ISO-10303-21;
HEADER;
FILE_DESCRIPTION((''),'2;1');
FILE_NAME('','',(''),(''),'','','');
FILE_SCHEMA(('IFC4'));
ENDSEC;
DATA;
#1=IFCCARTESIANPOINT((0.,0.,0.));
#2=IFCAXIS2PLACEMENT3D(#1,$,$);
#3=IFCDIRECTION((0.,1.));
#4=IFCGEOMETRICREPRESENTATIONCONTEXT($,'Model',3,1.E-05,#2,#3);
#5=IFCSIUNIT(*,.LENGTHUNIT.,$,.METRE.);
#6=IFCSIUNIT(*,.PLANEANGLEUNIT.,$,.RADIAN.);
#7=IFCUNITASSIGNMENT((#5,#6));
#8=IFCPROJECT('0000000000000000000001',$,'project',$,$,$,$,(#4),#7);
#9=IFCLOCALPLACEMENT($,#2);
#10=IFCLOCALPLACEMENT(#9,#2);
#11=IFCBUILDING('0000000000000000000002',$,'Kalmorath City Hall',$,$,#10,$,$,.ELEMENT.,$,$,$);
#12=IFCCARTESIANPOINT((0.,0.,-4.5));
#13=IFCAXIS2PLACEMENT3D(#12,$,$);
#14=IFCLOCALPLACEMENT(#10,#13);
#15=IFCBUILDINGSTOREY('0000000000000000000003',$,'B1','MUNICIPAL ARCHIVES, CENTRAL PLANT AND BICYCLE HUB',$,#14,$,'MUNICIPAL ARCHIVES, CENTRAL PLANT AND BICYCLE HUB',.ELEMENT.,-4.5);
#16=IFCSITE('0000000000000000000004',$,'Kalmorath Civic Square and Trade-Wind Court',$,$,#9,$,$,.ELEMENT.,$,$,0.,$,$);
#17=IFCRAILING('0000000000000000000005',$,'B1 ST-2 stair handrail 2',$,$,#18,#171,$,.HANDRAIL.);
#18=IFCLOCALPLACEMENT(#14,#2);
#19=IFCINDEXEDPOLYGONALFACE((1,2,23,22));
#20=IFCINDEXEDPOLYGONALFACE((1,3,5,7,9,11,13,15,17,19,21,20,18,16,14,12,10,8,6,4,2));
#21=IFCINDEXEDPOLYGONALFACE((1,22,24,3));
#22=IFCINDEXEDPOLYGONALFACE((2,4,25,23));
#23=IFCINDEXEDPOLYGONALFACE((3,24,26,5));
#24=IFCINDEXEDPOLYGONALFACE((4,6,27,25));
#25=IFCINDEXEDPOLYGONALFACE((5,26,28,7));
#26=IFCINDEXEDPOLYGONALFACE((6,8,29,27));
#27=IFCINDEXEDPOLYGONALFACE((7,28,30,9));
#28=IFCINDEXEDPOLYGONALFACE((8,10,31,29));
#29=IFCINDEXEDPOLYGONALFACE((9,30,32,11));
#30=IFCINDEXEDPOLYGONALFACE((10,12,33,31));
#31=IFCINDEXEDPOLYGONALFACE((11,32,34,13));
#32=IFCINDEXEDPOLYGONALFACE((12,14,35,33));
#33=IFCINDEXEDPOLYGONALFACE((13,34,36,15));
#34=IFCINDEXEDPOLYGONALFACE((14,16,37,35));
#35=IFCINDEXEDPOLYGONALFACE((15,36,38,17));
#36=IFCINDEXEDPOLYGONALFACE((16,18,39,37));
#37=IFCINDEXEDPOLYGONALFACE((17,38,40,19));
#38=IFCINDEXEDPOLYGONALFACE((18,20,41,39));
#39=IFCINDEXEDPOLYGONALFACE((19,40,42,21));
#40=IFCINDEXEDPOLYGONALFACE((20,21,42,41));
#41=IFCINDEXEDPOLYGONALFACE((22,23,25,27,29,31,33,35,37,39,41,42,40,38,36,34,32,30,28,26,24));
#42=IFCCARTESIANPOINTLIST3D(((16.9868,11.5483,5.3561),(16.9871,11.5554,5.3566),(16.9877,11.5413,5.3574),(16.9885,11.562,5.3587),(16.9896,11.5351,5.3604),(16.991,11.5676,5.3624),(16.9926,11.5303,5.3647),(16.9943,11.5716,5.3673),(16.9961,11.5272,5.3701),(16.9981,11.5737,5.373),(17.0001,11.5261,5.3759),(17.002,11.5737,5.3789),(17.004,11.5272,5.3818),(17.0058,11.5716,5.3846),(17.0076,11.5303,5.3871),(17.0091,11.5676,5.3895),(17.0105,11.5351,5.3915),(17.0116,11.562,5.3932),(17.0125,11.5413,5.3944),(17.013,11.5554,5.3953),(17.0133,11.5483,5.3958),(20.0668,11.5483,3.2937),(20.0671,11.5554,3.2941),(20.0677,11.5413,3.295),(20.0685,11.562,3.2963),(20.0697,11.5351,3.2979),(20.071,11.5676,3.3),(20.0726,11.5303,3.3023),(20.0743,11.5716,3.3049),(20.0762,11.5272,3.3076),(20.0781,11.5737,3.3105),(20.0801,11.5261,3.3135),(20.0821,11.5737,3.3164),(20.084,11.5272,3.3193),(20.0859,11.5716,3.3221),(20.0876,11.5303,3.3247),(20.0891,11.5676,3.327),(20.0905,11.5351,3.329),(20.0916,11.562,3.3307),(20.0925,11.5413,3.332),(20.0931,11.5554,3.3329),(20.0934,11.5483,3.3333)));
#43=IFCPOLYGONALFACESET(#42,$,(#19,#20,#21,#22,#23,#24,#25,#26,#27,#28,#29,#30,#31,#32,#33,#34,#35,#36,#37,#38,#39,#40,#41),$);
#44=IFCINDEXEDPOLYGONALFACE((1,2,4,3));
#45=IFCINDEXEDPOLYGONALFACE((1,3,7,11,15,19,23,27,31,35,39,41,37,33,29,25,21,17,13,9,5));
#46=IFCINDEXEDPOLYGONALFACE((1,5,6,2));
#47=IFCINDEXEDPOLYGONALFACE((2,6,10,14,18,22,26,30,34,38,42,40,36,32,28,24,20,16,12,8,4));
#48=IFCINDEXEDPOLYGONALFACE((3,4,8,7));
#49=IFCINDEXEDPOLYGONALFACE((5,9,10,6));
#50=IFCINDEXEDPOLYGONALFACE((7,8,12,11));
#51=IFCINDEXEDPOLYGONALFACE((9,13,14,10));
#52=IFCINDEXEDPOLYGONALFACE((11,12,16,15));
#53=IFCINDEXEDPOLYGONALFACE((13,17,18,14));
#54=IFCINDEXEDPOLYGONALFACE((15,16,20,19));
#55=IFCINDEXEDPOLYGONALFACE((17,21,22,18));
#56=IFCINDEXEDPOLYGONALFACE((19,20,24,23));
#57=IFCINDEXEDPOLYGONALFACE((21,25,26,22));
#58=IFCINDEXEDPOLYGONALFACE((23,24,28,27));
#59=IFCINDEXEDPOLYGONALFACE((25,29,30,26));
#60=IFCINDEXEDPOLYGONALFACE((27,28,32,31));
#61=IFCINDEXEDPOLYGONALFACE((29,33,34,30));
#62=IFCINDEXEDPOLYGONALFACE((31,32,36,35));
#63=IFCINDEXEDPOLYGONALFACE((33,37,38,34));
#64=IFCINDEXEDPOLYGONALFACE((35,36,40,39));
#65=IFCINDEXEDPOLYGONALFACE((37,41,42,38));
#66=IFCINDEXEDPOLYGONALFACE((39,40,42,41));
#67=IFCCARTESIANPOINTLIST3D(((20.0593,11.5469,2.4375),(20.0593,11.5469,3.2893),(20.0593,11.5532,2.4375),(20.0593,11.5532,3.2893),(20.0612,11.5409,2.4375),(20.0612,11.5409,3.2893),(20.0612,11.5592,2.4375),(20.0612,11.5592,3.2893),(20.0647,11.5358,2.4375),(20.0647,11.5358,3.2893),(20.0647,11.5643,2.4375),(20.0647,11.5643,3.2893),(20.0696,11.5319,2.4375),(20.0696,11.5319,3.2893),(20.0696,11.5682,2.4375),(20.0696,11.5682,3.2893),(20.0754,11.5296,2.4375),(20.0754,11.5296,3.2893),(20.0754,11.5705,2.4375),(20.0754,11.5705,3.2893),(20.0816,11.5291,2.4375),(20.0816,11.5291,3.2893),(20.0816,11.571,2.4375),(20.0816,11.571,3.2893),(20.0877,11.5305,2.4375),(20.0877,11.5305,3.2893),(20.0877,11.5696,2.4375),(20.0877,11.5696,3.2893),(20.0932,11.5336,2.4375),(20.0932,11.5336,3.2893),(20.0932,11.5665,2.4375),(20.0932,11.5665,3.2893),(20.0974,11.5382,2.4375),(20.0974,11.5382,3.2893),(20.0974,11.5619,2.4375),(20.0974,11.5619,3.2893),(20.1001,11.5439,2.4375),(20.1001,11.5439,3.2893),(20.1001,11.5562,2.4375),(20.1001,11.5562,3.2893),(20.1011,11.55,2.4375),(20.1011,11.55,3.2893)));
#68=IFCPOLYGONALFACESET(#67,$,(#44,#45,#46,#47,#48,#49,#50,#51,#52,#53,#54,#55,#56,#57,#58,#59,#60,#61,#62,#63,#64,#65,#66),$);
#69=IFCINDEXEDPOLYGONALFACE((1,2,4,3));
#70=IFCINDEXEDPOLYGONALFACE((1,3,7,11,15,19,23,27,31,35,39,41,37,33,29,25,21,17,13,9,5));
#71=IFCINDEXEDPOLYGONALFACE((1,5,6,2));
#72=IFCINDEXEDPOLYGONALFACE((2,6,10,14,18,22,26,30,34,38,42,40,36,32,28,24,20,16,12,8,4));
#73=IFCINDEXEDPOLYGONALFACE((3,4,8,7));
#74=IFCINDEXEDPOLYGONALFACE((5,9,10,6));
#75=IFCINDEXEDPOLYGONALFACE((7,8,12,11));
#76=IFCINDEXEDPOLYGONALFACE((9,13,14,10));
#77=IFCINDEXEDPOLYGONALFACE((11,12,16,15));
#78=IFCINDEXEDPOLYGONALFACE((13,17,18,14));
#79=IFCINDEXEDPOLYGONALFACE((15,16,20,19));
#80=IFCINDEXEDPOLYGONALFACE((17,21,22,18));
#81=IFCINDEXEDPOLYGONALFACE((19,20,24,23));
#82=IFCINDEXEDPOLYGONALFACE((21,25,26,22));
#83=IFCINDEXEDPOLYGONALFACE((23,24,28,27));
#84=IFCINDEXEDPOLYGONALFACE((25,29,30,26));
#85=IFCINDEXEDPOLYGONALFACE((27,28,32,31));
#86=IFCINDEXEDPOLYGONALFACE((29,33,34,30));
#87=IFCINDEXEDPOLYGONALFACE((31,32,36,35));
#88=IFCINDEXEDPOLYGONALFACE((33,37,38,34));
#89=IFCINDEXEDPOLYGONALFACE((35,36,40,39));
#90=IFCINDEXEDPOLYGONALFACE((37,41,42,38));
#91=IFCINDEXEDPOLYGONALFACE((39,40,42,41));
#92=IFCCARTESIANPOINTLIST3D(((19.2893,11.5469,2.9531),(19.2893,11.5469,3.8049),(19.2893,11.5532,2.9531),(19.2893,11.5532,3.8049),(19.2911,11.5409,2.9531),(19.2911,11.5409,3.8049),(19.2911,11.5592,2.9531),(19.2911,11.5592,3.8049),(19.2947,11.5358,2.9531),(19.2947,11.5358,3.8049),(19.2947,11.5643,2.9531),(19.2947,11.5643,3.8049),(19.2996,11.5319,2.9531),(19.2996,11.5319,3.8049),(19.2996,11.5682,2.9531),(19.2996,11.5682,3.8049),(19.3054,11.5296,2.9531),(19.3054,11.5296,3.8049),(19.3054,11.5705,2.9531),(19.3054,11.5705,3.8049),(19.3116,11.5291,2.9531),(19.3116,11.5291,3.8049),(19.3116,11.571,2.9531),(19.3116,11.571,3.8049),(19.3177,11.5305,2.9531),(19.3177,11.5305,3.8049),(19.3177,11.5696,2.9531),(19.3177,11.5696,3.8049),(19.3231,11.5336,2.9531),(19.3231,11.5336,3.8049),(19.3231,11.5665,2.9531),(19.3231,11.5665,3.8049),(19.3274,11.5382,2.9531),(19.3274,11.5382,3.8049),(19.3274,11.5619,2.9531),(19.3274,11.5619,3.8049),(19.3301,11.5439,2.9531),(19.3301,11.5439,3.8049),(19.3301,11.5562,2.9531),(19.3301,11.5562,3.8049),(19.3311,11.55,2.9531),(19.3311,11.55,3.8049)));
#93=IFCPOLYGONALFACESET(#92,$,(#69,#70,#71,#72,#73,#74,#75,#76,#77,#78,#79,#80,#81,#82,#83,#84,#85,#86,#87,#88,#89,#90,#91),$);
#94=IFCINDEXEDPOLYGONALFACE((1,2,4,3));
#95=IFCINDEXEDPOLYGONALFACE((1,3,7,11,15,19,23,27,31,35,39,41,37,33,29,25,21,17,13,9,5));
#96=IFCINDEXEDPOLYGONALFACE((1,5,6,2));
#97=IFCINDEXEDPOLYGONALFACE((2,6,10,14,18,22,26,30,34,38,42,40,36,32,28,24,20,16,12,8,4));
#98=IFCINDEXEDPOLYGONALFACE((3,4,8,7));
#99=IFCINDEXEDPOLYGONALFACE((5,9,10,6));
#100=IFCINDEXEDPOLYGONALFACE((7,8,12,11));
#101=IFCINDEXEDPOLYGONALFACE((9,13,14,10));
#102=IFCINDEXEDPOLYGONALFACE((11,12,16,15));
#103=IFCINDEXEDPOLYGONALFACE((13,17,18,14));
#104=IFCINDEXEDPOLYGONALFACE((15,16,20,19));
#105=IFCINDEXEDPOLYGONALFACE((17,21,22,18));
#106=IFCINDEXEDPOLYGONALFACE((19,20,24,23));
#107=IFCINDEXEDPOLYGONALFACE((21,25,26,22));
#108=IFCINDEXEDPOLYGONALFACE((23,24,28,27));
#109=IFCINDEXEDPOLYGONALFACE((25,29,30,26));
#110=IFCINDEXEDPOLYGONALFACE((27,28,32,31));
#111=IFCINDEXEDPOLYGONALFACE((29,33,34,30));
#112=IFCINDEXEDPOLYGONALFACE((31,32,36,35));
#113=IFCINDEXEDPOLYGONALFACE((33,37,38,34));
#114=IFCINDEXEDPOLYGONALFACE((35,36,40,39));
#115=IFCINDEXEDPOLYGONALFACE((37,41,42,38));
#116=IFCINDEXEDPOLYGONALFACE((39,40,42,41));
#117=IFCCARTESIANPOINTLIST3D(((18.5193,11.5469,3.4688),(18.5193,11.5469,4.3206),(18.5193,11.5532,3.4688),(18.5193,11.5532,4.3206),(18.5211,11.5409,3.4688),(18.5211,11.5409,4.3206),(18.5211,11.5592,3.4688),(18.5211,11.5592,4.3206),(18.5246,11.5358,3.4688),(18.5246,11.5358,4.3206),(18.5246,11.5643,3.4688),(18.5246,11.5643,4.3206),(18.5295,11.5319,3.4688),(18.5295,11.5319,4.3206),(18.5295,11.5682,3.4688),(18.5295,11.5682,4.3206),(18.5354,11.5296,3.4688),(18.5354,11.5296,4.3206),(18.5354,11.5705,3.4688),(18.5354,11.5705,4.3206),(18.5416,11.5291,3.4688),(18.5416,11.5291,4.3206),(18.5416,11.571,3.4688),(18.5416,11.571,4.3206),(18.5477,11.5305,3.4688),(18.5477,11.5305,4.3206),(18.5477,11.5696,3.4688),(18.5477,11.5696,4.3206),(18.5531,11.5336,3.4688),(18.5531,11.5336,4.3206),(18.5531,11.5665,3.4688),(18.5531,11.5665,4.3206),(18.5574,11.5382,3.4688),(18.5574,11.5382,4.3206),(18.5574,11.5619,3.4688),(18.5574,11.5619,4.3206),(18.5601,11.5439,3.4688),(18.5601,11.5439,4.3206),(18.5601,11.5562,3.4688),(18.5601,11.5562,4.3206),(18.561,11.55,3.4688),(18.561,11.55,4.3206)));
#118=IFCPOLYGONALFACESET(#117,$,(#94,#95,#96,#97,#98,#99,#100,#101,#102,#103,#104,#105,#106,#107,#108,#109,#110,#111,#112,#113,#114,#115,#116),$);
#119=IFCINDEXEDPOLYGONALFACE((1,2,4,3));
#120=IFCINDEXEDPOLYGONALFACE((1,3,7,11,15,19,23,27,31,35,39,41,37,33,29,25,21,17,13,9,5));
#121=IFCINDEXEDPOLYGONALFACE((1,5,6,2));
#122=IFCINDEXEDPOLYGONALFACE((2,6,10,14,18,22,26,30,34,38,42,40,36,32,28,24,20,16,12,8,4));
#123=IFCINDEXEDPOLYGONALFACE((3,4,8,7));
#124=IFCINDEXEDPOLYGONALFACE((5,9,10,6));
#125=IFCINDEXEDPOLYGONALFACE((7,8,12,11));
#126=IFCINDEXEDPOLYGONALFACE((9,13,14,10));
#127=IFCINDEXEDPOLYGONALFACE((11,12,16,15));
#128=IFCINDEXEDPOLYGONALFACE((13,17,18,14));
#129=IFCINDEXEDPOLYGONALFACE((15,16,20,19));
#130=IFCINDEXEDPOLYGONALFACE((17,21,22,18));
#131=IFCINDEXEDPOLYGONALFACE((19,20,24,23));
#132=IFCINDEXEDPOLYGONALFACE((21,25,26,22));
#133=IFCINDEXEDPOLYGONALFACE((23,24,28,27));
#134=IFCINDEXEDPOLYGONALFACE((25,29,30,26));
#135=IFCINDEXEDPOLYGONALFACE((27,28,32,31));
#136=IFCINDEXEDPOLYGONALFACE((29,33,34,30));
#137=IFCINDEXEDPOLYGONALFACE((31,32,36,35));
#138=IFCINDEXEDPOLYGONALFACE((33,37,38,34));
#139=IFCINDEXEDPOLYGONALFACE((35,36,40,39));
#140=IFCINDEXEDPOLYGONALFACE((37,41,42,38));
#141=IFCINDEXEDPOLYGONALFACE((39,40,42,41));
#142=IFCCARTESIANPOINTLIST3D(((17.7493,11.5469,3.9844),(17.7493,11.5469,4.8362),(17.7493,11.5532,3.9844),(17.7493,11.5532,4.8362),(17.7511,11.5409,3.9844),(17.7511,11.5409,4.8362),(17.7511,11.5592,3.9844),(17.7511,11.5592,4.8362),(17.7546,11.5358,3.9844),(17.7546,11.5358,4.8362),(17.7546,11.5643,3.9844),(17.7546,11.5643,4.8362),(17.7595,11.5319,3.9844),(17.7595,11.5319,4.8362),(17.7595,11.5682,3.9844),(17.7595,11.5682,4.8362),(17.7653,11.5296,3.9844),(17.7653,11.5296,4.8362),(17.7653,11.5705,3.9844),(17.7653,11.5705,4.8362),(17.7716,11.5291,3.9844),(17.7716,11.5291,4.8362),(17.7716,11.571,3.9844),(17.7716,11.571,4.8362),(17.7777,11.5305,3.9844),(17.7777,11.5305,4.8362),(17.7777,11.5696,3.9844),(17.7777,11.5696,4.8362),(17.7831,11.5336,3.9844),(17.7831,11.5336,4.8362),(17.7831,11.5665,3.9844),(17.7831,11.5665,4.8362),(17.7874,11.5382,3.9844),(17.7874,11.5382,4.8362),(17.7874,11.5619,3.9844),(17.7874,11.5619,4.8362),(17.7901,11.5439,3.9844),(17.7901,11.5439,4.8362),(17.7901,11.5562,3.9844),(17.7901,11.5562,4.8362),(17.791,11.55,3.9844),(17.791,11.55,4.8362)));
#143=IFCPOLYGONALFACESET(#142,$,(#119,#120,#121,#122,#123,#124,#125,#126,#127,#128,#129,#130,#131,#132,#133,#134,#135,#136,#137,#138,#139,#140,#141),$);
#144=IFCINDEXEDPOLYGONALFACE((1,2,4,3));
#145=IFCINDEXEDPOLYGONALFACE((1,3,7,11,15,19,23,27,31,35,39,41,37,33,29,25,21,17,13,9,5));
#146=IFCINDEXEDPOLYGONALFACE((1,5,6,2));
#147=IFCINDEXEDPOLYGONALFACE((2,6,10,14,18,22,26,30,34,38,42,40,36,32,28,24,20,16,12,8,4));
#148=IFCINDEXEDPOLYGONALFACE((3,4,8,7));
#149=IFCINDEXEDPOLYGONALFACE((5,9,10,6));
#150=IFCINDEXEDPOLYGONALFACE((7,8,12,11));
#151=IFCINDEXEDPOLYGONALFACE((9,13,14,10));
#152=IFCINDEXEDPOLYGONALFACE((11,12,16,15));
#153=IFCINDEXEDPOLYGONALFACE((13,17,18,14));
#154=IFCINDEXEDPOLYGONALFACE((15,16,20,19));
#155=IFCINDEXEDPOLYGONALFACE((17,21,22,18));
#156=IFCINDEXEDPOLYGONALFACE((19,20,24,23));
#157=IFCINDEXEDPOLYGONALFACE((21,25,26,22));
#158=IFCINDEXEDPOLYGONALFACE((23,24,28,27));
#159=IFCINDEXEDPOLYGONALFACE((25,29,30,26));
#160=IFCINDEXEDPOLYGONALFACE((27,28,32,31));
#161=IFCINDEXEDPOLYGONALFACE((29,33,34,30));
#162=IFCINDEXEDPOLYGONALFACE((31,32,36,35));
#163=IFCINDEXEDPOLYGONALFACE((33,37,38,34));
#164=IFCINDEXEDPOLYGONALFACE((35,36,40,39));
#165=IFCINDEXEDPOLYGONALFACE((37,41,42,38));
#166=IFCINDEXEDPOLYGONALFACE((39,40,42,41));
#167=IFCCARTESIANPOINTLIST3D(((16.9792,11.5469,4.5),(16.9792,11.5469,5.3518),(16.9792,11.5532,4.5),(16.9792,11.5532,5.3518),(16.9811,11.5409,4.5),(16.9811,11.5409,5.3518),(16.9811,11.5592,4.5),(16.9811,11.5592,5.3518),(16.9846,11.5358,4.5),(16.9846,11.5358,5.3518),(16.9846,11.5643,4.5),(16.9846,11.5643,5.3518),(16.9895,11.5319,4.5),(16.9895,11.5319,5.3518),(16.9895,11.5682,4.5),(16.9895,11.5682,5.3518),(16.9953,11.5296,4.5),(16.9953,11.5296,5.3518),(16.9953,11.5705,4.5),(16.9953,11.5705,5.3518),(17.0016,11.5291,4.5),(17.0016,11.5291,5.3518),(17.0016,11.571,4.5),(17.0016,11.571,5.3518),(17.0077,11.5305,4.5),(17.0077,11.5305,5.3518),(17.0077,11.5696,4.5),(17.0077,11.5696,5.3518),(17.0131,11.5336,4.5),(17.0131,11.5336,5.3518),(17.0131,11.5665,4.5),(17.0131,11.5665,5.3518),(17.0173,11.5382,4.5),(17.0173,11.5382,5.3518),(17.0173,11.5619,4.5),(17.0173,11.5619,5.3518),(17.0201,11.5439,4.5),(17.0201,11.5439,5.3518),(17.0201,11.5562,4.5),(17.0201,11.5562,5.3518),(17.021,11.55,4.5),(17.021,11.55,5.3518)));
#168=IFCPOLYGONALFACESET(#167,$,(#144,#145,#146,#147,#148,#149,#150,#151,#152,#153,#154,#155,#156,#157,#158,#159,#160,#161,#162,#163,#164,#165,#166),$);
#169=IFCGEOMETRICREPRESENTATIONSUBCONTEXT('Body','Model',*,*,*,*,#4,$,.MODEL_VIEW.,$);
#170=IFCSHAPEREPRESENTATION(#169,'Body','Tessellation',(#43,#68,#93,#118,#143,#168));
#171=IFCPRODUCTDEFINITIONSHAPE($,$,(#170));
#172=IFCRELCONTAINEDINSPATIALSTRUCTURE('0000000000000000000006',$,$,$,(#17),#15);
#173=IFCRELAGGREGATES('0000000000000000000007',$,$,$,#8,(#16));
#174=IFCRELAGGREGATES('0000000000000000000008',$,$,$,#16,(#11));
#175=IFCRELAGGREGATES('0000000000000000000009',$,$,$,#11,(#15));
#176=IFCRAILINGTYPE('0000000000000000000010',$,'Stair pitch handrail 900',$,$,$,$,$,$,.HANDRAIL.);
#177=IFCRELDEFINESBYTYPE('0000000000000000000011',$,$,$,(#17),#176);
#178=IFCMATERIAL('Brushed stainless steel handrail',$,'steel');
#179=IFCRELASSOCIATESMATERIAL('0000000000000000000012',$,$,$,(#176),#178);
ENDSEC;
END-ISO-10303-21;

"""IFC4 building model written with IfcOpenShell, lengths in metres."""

from ifc_helpers import new_model, si_unit, direction, frame, origin, origin_2d, place, context, subcontext, project, spatial, circle, extrude, material, type_object, element, save


model = new_model("IFC4")

# Units and contexts
model_context = context("Model", 3, precision=1e-05, world=origin(), true_north=direction((0.0, 1.0)))
body_context = subcontext(model_context, "Body", "Model", "MODEL_VIEW")
ifc_project = project(units=[si_unit("LENGTHUNIT", "METRE"), si_unit("PLANEANGLEUNIT", "RADIAN")], contexts=[model_context])

# Site, building, storey
site_placement = place(None, origin())
site = spatial("IfcSite", under=ifc_project, at=site_placement, Name="Kalmorath Civic Square and Trade-Wind Court", CompositionType="ELEMENT", RefElevation=0.0)
building_placement = place(site_placement, origin())
building = spatial("IfcBuilding", under=site, at=building_placement, Name="Kalmorath City Hall", CompositionType="ELEMENT")
storey_placement = place(building_placement, frame((0.0, 0.0, -4.5)))
storey = spatial("IfcBuildingStorey", under=building, at=storey_placement, Name="B1", Description="MUNICIPAL ARCHIVES, CENTRAL PLANT AND BICYCLE HUB", LongName="MUNICIPAL ARCHIVES, CENTRAL PLANT AND BICYCLE HUB", CompositionType="ELEMENT", Elevation=-4.5)

# Railing
ifc_material_1 = material(Name="Brushed stainless steel handrail", Category="steel")
railing_type_1 = type_object("IfcRailingType", Name="Stair pitch handrail 900", PredefinedType="HANDRAIL", material=ifc_material_1)
railing_1_placement = place(storey_placement, frame((20.0801, 11.55, 2.4375)))
element("IfcRailing", 1, at=railing_1_placement, inside=storey, type_object=railing_type_1, Name="B1 ST-2 stair handrail 2", PredefinedType="HANDRAIL", context=body_context, shape_type="SweptSolid", body=[
    extrude(circle(Radius=0.0239, at=origin_2d()), frame((0.0, 0.0, 0.876), z_axis=(-0.830914, 0.0, 0.556401), x_axis=(0.0, -1.0, 0.0)), (0.0, 0.0, 1.0), 3.7068),
    extrude(circle(Radius=0.021, at=origin_2d()), origin(), (0.0, 0.0, 1.0), 0.8518),
    extrude(circle(Radius=0.021, at=origin_2d()), frame((-0.77, 0.0, 0.5156)), (0.0, 0.0, 1.0), 0.8518),
    extrude(circle(Radius=0.021, at=origin_2d()), frame((-1.54, 0.0, 1.0312)), (0.0, 0.0, 1.0), 0.8518),
    extrude(circle(Radius=0.021, at=origin_2d()), frame((-2.3101, 0.0, 1.5469)), (0.0, 0.0, 1.0), 0.8518),
    extrude(circle(Radius=0.021, at=origin_2d()), frame((-3.0801, 0.0, 2.0625)), (0.0, 0.0, 1.0), 0.8518),
])

save(model, "model.ifc")
